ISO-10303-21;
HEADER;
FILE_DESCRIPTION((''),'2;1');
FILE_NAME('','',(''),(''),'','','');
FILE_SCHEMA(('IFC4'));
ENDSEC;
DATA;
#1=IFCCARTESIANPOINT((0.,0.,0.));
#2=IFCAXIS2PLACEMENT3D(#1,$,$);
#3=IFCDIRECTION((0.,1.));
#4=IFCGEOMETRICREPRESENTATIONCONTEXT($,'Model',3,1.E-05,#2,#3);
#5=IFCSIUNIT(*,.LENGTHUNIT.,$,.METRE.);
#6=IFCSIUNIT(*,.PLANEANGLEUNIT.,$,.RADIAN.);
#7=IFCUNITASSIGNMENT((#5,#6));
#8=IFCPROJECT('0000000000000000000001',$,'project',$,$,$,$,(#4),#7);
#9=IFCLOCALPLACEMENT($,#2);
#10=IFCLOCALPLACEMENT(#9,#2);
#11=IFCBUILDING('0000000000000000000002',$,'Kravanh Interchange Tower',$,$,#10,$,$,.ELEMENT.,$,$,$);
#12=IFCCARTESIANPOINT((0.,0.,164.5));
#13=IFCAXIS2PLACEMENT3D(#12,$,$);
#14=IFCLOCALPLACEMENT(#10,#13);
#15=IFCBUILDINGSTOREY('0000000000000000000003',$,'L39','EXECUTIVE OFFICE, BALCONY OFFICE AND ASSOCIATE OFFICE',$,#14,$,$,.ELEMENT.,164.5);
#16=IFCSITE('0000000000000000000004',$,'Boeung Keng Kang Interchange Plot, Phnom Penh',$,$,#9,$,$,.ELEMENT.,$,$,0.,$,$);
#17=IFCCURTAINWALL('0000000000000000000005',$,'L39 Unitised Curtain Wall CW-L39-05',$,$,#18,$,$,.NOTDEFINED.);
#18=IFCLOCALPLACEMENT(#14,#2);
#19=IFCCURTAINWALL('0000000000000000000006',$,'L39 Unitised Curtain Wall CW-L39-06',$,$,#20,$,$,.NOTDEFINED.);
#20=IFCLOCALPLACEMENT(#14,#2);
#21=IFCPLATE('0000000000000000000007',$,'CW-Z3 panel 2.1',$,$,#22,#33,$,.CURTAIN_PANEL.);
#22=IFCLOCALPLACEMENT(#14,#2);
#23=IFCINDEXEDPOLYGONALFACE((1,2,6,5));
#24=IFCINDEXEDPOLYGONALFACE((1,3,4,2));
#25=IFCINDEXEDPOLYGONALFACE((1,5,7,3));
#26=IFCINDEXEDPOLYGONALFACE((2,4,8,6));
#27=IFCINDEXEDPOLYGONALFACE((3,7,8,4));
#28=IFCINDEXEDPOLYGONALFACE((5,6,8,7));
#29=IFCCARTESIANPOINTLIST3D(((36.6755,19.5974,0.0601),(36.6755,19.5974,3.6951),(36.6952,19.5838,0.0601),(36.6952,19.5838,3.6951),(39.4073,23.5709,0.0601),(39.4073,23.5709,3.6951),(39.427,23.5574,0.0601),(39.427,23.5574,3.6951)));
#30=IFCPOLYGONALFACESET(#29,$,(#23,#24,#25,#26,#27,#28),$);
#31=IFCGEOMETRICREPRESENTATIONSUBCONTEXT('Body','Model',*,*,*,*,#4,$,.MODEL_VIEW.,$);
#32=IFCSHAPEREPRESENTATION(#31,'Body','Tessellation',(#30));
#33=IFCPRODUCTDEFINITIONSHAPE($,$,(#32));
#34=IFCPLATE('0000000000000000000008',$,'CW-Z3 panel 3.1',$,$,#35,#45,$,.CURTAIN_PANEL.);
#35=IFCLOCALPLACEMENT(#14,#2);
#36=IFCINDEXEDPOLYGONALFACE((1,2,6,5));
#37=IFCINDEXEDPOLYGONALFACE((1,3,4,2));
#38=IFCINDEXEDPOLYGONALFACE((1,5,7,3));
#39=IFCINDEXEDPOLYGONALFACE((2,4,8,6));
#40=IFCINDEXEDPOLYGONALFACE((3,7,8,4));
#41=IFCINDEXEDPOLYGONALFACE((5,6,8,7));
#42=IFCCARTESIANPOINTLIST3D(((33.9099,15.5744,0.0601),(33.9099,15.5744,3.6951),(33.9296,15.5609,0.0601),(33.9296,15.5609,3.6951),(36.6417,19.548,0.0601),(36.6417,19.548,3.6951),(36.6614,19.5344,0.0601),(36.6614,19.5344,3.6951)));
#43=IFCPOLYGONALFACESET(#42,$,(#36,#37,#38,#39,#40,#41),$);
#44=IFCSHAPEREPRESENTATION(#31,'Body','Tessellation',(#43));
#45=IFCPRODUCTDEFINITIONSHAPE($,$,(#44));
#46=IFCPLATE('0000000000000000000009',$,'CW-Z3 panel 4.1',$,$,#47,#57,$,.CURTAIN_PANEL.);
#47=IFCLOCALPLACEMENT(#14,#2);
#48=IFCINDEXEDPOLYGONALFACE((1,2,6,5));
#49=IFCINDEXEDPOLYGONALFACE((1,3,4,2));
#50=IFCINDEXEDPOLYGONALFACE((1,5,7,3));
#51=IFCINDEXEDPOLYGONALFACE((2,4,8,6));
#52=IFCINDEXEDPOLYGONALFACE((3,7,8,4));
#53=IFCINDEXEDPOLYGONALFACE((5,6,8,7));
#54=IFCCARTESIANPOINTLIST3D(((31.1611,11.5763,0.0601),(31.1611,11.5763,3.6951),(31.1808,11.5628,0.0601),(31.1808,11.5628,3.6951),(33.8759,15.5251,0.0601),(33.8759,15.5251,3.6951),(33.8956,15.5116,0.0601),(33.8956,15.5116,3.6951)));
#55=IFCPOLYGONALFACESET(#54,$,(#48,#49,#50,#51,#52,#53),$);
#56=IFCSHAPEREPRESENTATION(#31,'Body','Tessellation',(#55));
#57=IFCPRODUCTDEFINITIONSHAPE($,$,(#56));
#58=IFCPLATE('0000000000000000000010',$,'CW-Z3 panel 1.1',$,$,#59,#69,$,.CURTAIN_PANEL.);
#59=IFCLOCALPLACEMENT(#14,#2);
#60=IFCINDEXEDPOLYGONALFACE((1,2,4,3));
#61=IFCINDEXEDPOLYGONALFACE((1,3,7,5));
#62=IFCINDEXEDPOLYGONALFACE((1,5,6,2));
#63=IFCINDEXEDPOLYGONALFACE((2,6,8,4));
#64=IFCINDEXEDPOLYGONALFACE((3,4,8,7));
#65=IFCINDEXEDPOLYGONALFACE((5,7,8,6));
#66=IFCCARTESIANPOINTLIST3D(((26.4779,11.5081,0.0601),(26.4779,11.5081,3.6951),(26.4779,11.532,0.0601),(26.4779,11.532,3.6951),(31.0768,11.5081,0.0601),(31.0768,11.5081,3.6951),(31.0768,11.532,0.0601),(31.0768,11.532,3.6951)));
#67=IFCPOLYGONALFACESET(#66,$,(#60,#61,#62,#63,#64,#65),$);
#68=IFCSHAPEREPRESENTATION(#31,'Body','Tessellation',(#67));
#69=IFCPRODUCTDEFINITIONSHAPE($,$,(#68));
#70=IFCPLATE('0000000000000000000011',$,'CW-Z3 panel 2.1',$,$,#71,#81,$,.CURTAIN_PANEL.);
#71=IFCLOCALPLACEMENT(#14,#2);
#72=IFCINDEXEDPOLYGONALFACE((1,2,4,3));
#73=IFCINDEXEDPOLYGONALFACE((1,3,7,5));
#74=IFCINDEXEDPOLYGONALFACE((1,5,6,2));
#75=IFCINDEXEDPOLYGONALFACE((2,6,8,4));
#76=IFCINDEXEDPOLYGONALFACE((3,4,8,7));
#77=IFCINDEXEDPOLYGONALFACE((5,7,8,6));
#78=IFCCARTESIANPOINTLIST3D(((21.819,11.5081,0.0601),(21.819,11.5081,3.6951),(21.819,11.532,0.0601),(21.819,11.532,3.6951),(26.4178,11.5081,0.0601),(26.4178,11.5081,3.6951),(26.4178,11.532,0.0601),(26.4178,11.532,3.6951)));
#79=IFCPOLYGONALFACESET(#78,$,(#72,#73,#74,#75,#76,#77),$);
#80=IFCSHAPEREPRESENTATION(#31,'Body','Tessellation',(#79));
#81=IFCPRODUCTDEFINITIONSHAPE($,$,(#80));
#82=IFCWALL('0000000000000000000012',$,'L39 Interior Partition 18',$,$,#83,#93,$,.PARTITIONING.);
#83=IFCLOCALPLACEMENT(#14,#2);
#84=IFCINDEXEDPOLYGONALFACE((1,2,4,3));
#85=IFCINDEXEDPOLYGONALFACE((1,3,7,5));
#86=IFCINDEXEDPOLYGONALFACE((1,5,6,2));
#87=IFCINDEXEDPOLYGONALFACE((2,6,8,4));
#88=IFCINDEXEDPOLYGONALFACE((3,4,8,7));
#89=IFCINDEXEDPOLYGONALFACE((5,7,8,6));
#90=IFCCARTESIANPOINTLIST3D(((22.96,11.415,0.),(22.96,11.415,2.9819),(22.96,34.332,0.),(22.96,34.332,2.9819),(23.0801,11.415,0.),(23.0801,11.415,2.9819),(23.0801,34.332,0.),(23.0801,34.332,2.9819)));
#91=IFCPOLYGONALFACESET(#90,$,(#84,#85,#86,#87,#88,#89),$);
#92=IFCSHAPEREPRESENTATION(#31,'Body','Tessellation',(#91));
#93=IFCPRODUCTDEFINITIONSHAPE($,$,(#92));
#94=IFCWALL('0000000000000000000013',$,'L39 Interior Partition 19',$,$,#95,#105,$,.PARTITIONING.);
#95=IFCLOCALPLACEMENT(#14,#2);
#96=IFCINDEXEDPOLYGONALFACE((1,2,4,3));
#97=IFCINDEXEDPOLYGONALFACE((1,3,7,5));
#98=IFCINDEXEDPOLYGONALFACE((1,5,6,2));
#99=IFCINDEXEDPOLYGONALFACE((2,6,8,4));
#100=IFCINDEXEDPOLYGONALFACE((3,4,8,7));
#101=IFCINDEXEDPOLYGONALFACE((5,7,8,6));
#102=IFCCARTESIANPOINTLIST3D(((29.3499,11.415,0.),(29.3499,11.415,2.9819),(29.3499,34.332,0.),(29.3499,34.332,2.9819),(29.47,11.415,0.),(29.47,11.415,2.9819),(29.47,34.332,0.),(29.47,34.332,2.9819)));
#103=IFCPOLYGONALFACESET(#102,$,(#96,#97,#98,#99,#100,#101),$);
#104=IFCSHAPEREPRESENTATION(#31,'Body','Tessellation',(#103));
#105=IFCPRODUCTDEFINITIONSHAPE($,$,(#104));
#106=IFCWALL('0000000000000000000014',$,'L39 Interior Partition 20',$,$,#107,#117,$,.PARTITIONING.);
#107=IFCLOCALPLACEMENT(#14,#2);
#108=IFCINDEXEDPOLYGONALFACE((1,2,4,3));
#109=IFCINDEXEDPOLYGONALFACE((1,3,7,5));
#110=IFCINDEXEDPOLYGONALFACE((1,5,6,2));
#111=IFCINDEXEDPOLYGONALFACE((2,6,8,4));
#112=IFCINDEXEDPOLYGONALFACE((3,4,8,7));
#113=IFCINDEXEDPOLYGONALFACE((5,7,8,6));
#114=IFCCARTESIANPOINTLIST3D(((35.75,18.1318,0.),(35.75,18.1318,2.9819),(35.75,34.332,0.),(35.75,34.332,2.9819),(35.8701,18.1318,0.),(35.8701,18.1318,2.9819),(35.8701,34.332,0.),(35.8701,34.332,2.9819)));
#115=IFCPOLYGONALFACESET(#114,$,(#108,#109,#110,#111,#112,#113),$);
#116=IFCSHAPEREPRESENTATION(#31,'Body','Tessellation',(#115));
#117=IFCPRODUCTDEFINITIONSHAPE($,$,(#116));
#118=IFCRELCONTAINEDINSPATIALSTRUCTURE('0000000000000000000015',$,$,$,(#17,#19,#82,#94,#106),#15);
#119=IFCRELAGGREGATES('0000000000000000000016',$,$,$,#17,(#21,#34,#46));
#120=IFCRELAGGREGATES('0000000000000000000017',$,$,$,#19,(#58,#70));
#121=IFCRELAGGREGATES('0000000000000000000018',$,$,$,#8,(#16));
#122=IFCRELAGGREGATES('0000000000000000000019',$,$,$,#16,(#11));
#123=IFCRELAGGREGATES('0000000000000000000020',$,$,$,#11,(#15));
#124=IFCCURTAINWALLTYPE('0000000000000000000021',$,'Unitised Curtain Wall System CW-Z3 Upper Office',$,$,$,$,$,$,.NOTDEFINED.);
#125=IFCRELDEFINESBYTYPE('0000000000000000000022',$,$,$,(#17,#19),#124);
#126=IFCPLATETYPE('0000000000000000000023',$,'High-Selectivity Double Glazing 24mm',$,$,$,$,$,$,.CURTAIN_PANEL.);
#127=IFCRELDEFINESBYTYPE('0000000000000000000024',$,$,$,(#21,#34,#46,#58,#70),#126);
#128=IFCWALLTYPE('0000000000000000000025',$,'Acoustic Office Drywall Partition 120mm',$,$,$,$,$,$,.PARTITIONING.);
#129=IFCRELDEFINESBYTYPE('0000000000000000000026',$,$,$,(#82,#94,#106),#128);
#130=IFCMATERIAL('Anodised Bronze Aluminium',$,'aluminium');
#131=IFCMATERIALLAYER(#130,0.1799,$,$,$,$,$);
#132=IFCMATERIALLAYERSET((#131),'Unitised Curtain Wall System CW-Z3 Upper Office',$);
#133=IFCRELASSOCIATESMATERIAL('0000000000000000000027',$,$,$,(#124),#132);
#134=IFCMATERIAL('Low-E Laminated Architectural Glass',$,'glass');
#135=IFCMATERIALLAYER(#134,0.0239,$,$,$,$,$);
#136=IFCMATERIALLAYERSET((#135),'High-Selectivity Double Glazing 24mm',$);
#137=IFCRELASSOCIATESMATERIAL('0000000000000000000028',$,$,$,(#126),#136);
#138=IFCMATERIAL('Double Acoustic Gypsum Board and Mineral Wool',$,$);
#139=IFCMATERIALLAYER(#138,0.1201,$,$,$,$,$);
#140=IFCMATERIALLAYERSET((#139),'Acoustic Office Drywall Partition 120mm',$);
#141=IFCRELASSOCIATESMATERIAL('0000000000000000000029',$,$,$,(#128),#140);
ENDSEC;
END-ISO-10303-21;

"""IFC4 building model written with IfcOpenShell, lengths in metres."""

from ifc_helpers import new_model, si_unit, direction, frame, frame_2d, origin, origin_2d, place, context, subcontext, project, spatial, rectangle, extrude, material, layer, layer_set, type_object, element, aggregate, save


model = new_model("IFC4")

# Units and contexts
model_context = context("Model", 3, precision=1e-05, world=origin(), true_north=direction((0.0, 1.0)))
body_context = subcontext(model_context, "Body", "Model", "MODEL_VIEW")
ifc_project = project(units=[si_unit("LENGTHUNIT", "METRE"), si_unit("PLANEANGLEUNIT", "RADIAN")], contexts=[model_context])

# Site, building, storey
site_placement = place(None, origin())
site = spatial("IfcSite", under=ifc_project, at=site_placement, Name="Boeung Keng Kang Interchange Plot, Phnom Penh", CompositionType="ELEMENT", RefElevation=0.0)
building_placement = place(site_placement, origin())
building = spatial("IfcBuilding", under=site, at=building_placement, Name="Kravanh Interchange Tower", CompositionType="ELEMENT")
storey_placement = place(building_placement, frame((0.0, 0.0, 164.5)))
storey = spatial("IfcBuildingStorey", under=building, at=storey_placement, Name="L39", Description="EXECUTIVE OFFICE, BALCONY OFFICE AND ASSOCIATE OFFICE", CompositionType="ELEMENT", Elevation=164.5)

# Curtain walls
ifc_material_1 = material(Name="Anodised Bronze Aluminium", Category="aluminium")
ifc_layer_1 = layer(ifc_material_1, 0.1799)
ifc_layer_set_1 = layer_set([ifc_layer_1], Name="Unitised Curtain Wall System CW-Z3 Upper Office")
curtain_wall_type = type_object("IfcCurtainWallType", Name="Unitised Curtain Wall System CW-Z3 Upper Office", PredefinedType="NOTDEFINED", material=ifc_layer_set_1)
curtain_wall_1_placement = place(storey_placement, origin())
curtain_wall_1 = element("IfcCurtainWall", 1, at=curtain_wall_1_placement, inside=storey, type_object=curtain_wall_type, Name="L39 Unitised Curtain Wall CW-L39-05", PredefinedType="NOTDEFINED")
curtain_wall_2_placement = place(storey_placement, origin())
curtain_wall_2 = element("IfcCurtainWall", 2, at=curtain_wall_2_placement, inside=storey, type_object=curtain_wall_type, Name="L39 Unitised Curtain Wall CW-L39-06", PredefinedType="NOTDEFINED")

# Plates
ifc_material_2 = material(Name="Low-E Laminated Architectural Glass", Category="glass")
ifc_layer_2 = layer(ifc_material_2, 0.0239)
ifc_layer_set_2 = layer_set([ifc_layer_2], Name="High-Selectivity Double Glazing 24mm")
plate_type = type_object("IfcPlateType", Name="High-Selectivity Double Glazing 24mm", PredefinedType="CURTAIN_PANEL", material=ifc_layer_set_2)
plate_1_placement = place(storey_placement, frame((38.0513, 21.5774, 0.0601), z_axis=(0.0, 0.0, 1.0), x_axis=(-0.566528, -0.824042, 0.0)))
plate_1 = element("IfcPlate", 3, at=plate_1_placement, type_object=plate_type, Name="CW-Z3 panel 2.1", PredefinedType="CURTAIN_PANEL", context=body_context, shape_type="SweptSolid", body=[
    extrude(rectangle(XDim=4.822, YDim=0.0239, at=origin_2d()), origin(), (0.0, 0.0, 1.0), 3.635),
])
plate_2_placement = place(storey_placement, frame((35.2856, 17.5544, 0.0601), z_axis=(0.0, 0.0, 1.0), x_axis=(-0.566528, -0.824042, 0.0)))
plate_2 = element("IfcPlate", 4, at=plate_2_placement, type_object=plate_type, Name="CW-Z3 panel 3.1", PredefinedType="CURTAIN_PANEL", context=body_context, shape_type="SweptSolid", body=[
    extrude(rectangle(XDim=4.822, YDim=0.0239, at=origin_2d()), origin(), (0.0, 0.0, 1.0), 3.635),
])
plate_3_placement = place(storey_placement, frame((32.5283, 13.5439, 0.0601), z_axis=(0.0, 0.0, 1.0), x_axis=(-0.566528, -0.824042, 0.0)))
plate_3 = element("IfcPlate", 5, at=plate_3_placement, type_object=plate_type, Name="CW-Z3 panel 4.1", PredefinedType="CURTAIN_PANEL", context=body_context, shape_type="SweptSolid", body=[
    extrude(rectangle(XDim=4.792, YDim=0.0239, at=origin_2d()), origin(), (0.0, 0.0, 1.0), 3.635),
])
aggregate(curtain_wall_1, [plate_1, plate_2, plate_3])
plate_4_placement = place(storey_placement, frame((28.7773, 11.52, 0.0601), z_axis=(0.0, 0.0, 1.0), x_axis=(-1.0, 0.0, 0.0)))
plate_4 = element("IfcPlate", 6, at=plate_4_placement, type_object=plate_type, Name="CW-Z3 panel 1.1", PredefinedType="CURTAIN_PANEL", context=body_context, shape_type="SweptSolid", body=[
    extrude(rectangle(XDim=4.5989, YDim=0.0239, at=origin_2d()), origin(), (0.0, 0.0, 1.0), 3.635),
])
plate_5_placement = place(storey_placement, frame((24.1184, 11.52, 0.0601), z_axis=(0.0, 0.0, 1.0), x_axis=(-1.0, 0.0, 0.0)))
plate_5 = element("IfcPlate", 7, at=plate_5_placement, type_object=plate_type, Name="CW-Z3 panel 2.1", PredefinedType="CURTAIN_PANEL", context=body_context, shape_type="SweptSolid", body=[
    extrude(rectangle(XDim=4.5989, YDim=0.0239, at=origin_2d()), origin(), (0.0, 0.0, 1.0), 3.635),
])
aggregate(curtain_wall_2, [plate_4, plate_5])

# Walls
ifc_material_3 = material(Name="Double Acoustic Gypsum Board and Mineral Wool")
ifc_layer_3 = layer(ifc_material_3, 0.1201)
ifc_layer_set_3 = layer_set([ifc_layer_3], Name="Acoustic Office Drywall Partition 120mm")
wall_type = type_object("IfcWallType", Name="Acoustic Office Drywall Partition 120mm", PredefinedType="PARTITIONING", material=ifc_layer_set_3)
for number, where, z_axis, x_axis, name in (
    (8, (23.02, 11.415, 0.0), (0.0, 0.0, 1.0), (0.0, 1.0, 0.0), "L39 Interior Partition 18"),
    (9, (29.4099, 11.415, 0.0), (0.0, 0.0, 1.0), (0.0, 1.0, 0.0), "L39 Interior Partition 19"),
):
    element("IfcWall", number, at=place(storey_placement, frame(where, z_axis=z_axis, x_axis=x_axis)), inside=storey, type_object=wall_type, Name=name, PredefinedType="PARTITIONING", context=body_context, shape_type="SweptSolid", body=[
        extrude(rectangle(XDim=22.917, YDim=0.1201, at=frame_2d((11.4585, 0.0))), origin(), (0.0, 0.0, 1.0), 2.9819),
    ])
wall_placement = place(storey_placement, frame((35.8101, 18.1318, 0.0), z_axis=(0.0, 0.0, 1.0), x_axis=(0.0, 1.0, 0.0)))
element("IfcWall", 10, at=wall_placement, inside=storey, type_object=wall_type, Name="L39 Interior Partition 20", PredefinedType="PARTITIONING", context=body_context, shape_type="SweptSolid", body=[
    extrude(rectangle(XDim=16.2002, YDim=0.1201, at=frame_2d((8.1001, 0.0))), origin(), (0.0, 0.0, 1.0), 2.9819),
])

save(model, "model.ifc")
